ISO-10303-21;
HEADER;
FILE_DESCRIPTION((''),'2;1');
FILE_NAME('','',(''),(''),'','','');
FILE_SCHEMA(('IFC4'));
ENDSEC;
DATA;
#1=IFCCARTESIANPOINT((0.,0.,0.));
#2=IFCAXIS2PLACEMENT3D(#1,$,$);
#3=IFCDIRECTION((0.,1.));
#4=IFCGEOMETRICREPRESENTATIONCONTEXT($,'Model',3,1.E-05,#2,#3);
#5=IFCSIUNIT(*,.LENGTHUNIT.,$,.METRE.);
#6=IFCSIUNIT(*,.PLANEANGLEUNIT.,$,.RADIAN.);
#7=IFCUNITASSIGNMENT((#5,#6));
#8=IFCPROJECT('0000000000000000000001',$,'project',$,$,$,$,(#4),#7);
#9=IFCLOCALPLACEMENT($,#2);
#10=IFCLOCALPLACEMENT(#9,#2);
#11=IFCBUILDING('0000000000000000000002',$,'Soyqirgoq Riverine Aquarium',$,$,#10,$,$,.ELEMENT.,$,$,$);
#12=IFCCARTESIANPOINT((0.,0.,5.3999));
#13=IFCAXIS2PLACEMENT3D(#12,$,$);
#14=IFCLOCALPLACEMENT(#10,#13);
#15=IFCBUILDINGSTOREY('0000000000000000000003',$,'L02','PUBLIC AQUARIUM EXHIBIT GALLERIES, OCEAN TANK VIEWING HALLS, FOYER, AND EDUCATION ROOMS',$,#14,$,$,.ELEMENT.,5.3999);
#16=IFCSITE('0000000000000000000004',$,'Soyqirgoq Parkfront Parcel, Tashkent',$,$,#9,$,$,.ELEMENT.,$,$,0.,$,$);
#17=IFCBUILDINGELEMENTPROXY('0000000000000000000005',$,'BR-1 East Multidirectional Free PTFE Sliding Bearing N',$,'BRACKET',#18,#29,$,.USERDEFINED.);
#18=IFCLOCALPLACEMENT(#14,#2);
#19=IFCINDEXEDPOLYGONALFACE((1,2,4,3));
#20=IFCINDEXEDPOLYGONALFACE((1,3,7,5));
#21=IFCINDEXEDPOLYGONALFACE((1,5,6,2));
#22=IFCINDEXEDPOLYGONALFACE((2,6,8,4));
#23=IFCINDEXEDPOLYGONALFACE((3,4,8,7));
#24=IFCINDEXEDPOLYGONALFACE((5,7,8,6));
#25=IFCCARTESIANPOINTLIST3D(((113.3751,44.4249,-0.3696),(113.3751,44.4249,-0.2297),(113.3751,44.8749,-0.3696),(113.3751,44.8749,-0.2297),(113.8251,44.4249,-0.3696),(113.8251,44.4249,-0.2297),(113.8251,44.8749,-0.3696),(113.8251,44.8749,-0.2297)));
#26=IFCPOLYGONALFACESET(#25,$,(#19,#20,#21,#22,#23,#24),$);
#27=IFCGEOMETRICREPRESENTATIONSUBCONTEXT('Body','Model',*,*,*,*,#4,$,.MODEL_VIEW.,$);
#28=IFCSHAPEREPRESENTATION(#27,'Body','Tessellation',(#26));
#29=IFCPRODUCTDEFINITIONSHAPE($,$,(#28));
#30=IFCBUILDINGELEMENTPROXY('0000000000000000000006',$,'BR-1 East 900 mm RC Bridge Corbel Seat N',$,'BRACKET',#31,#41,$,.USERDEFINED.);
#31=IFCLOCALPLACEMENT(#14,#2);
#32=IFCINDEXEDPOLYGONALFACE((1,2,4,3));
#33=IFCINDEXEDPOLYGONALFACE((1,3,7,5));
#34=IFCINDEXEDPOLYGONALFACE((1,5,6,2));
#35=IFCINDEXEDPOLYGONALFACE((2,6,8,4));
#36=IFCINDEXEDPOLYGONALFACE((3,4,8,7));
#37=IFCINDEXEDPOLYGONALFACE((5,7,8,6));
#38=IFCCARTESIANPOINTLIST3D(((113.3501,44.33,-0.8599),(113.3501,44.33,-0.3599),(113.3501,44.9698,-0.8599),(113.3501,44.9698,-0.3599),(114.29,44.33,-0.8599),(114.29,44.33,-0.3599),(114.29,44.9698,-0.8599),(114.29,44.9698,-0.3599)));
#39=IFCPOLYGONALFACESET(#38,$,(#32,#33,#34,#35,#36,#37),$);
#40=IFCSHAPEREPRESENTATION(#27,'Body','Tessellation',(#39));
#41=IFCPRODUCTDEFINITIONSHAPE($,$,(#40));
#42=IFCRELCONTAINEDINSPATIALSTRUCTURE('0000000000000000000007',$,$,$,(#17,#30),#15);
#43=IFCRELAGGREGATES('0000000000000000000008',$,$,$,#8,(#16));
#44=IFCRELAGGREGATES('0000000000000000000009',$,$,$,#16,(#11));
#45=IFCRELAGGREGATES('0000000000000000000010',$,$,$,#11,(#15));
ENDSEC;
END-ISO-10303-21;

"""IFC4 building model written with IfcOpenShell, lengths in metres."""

from ifc_helpers import new_model, si_unit, direction, frame, origin, origin_2d, place, context, subcontext, project, spatial, rectangle, extrude, element, save


model = new_model("IFC4")

# Units and contexts
model_context = context("Model", 3, precision=1e-05, world=origin(), true_north=direction((0.0, 1.0)))
body_context = subcontext(model_context, "Body", "Model", "MODEL_VIEW")
ifc_project = project(units=[si_unit("LENGTHUNIT", "METRE"), si_unit("PLANEANGLEUNIT", "RADIAN")], contexts=[model_context])

# Site, building, storey
site_placement = place(None, origin())
site = spatial("IfcSite", under=ifc_project, at=site_placement, Name="Soyqirgoq Parkfront Parcel, Tashkent", CompositionType="ELEMENT", RefElevation=0.0)
building_placement = place(site_placement, origin())
building = spatial("IfcBuilding", under=site, at=building_placement, Name="Soyqirgoq Riverine Aquarium", CompositionType="ELEMENT")
storey_placement = place(building_placement, frame((0.0, 0.0, 5.3999)))
storey = spatial("IfcBuildingStorey", under=building, at=storey_placement, Name="L02", Description="PUBLIC AQUARIUM EXHIBIT GALLERIES, OCEAN TANK VIEWING HALLS, FOYER, AND EDUCATION ROOMS", CompositionType="ELEMENT", Elevation=5.3999)

# Building element proxies
proxy_1_placement = place(storey_placement, frame((113.6001, 44.6499, -0.3696), z_axis=(0.0, 0.0, 1.0), x_axis=(1.0, 0.0, 0.0)))
element("IfcBuildingElementProxy", 1, at=proxy_1_placement, inside=storey, Name="BR-1 East Multidirectional Free PTFE Sliding Bearing N", ObjectType="BRACKET", PredefinedType="USERDEFINED", context=body_context, shape_type="SweptSolid", body=[
    extrude(rectangle(XDim=0.45, YDim=0.45, at=origin_2d()), origin(), (0.0, 0.0, 1.0), 0.1399),
])
proxy_2_placement = place(storey_placement, frame((113.8201, 44.6499, -0.8599), z_axis=(0.0, 0.0, 1.0), x_axis=(1.0, 0.0, 0.0)))
element("IfcBuildingElementProxy", 2, at=proxy_2_placement, inside=storey, Name="BR-1 East 900 mm RC Bridge Corbel Seat N", ObjectType="BRACKET", PredefinedType="USERDEFINED", context=body_context, shape_type="SweptSolid", body=[
    extrude(rectangle(XDim=0.9399, YDim=0.6399, at=origin_2d()), origin(), (0.0, 0.0, 1.0), 0.5),
])

save(model, "model.ifc")
